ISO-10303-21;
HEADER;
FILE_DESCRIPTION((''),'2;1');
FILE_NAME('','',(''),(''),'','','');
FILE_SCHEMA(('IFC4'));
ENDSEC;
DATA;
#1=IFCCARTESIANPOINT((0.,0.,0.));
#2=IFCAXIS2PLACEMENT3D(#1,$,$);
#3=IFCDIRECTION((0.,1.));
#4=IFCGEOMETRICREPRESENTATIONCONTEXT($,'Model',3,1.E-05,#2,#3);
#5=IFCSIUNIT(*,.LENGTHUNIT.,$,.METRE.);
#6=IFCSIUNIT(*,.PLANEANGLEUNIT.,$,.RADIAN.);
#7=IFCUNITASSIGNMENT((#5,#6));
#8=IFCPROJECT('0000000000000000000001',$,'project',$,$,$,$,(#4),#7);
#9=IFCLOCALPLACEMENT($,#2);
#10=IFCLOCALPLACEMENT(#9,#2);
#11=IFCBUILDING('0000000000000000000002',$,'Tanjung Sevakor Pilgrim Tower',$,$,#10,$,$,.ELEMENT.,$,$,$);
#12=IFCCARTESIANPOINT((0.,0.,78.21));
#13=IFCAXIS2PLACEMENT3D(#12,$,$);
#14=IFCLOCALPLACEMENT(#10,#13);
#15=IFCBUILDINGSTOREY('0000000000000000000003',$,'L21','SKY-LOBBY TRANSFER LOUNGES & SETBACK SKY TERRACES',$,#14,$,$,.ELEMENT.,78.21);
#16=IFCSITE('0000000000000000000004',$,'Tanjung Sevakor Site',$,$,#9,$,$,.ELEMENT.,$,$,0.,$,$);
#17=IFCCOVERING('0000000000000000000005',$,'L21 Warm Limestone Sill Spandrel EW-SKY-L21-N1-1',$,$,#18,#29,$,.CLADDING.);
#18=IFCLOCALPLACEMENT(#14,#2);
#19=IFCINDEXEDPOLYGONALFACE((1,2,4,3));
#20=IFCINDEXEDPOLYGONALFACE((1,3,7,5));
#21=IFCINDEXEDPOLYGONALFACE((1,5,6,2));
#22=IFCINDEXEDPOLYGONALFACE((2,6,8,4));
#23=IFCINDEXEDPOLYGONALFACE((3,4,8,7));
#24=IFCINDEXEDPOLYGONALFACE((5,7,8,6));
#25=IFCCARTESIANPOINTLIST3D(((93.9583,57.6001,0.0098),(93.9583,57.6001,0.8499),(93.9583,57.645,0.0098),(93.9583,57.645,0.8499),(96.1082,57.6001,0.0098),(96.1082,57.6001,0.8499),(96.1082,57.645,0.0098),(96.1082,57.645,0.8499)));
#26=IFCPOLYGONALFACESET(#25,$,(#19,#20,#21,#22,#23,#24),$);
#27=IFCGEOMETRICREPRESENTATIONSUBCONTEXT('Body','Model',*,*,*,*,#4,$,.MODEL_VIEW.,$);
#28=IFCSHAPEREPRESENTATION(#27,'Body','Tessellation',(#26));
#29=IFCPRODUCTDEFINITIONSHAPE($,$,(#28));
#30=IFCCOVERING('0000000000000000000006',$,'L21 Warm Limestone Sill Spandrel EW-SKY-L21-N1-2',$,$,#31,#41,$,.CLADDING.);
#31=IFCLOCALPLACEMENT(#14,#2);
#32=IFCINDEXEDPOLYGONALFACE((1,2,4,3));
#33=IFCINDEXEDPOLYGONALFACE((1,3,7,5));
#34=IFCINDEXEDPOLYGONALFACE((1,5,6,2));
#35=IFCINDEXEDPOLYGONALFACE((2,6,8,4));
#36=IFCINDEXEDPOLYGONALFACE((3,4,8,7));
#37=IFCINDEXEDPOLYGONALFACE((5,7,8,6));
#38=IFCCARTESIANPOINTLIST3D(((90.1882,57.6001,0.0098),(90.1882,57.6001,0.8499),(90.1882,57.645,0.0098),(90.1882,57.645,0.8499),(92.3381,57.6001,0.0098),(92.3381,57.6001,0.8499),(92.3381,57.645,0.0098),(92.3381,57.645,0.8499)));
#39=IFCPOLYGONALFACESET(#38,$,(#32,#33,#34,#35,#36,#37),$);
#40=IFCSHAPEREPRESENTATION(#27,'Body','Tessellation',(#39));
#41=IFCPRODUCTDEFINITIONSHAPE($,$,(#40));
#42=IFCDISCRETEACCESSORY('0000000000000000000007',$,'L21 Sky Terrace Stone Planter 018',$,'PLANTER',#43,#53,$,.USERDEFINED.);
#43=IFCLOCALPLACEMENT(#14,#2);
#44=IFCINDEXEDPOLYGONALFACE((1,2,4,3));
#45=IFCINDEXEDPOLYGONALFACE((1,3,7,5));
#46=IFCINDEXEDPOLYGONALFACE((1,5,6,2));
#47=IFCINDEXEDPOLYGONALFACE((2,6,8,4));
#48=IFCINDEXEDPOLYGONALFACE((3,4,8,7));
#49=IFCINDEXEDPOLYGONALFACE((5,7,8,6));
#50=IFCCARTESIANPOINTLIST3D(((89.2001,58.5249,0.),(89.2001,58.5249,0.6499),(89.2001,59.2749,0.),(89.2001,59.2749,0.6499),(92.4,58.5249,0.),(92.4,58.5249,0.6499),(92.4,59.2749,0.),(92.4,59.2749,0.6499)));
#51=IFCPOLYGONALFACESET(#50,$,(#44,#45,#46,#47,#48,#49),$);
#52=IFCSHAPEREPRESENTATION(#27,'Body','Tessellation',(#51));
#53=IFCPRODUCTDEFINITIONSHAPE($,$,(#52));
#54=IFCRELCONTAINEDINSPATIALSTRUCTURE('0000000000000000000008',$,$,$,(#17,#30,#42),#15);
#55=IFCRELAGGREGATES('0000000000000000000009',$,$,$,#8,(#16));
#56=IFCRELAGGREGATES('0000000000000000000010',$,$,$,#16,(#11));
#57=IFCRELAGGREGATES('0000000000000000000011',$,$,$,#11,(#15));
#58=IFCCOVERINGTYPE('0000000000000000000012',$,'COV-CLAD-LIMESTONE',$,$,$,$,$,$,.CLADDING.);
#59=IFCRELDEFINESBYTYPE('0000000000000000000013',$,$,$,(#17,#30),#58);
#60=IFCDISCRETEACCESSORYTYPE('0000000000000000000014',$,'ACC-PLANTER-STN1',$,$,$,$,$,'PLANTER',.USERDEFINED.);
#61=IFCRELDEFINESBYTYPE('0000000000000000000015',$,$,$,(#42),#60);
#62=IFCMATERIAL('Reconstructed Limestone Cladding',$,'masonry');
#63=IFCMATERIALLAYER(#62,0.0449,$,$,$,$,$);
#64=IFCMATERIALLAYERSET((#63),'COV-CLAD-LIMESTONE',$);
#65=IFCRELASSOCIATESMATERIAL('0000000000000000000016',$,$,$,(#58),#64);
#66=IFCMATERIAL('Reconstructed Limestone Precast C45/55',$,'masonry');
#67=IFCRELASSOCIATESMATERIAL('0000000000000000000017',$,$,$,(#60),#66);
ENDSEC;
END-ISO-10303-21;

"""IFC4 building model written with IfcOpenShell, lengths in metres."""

from ifc_helpers import new_model, si_unit, direction, frame, origin, origin_2d, place, context, subcontext, project, spatial, rectangle, extrude, material, layer, layer_set, type_object, element, save


model = new_model("IFC4")

# Units and contexts
model_context = context("Model", 3, precision=1e-05, world=origin(), true_north=direction((0.0, 1.0)))
body_context = subcontext(model_context, "Body", "Model", "MODEL_VIEW")
ifc_project = project(units=[si_unit("LENGTHUNIT", "METRE"), si_unit("PLANEANGLEUNIT", "RADIAN")], contexts=[model_context])

# Site, building, storey
site_placement = place(None, origin())
site = spatial("IfcSite", under=ifc_project, at=site_placement, Name="Tanjung Sevakor Site", CompositionType="ELEMENT", RefElevation=0.0)
building_placement = place(site_placement, origin())
building = spatial("IfcBuilding", under=site, at=building_placement, Name="Tanjung Sevakor Pilgrim Tower", CompositionType="ELEMENT")
storey_placement = place(building_placement, frame((0.0, 0.0, 78.21)))
storey = spatial("IfcBuildingStorey", under=building, at=storey_placement, Name="L21", Description="SKY-LOBBY TRANSFER LOUNGES & SETBACK SKY TERRACES", CompositionType="ELEMENT", Elevation=78.21)

# Coverings
ifc_material_1 = material(Name="Reconstructed Limestone Cladding", Category="masonry")
ifc_layer_1 = layer(ifc_material_1, 0.0449)
ifc_layer_set_1 = layer_set([ifc_layer_1], Name="COV-CLAD-LIMESTONE")
covering_type = type_object("IfcCoveringType", Name="COV-CLAD-LIMESTONE", PredefinedType="CLADDING", material=ifc_layer_set_1)
for number, where, z_axis, x_axis, name in (
    (1, (95.0332, 57.6226, 0.0098), (0.0, 0.0, 1.0), (-1.0, 0.0, 0.0), "L21 Warm Limestone Sill Spandrel EW-SKY-L21-N1-1"),
    (2, (91.2632, 57.6226, 0.0098), (0.0, 0.0, 1.0), (-1.0, 0.0, 0.0), "L21 Warm Limestone Sill Spandrel EW-SKY-L21-N1-2"),
):
    element("IfcCovering", number, at=place(storey_placement, frame(where, z_axis=z_axis, x_axis=x_axis)), inside=storey, type_object=covering_type, Name=name, PredefinedType="CLADDING", context=body_context, shape_type="SweptSolid", body=[
        extrude(rectangle(XDim=2.1499, YDim=0.0449, at=origin_2d()), origin(), (0.0, 0.0, 1.0), 0.8401),
    ])

# Discrete accessory
ifc_material_2 = material(Name="Reconstructed Limestone Precast C45/55", Category="masonry")
discrete_accessory_type = type_object("IfcDiscreteAccessoryType", Name="ACC-PLANTER-STN1", ElementType="PLANTER", PredefinedType="USERDEFINED", material=ifc_material_2)
discrete_accessory_placement = place(storey_placement, frame((90.8, 58.8999, 0.0), z_axis=(0.0, 0.0, 1.0), x_axis=(1.0, 0.0, 0.0)))
element("IfcDiscreteAccessory", 3, at=discrete_accessory_placement, inside=storey, type_object=discrete_accessory_type, Name="L21 Sky Terrace Stone Planter 018", ObjectType="PLANTER", PredefinedType="USERDEFINED", context=body_context, shape_type="SweptSolid", body=[
    extrude(rectangle(XDim=3.2, YDim=0.75, at=origin_2d()), origin(), (0.0, 0.0, 1.0), 0.6499),
])

save(model, "model.ifc")
